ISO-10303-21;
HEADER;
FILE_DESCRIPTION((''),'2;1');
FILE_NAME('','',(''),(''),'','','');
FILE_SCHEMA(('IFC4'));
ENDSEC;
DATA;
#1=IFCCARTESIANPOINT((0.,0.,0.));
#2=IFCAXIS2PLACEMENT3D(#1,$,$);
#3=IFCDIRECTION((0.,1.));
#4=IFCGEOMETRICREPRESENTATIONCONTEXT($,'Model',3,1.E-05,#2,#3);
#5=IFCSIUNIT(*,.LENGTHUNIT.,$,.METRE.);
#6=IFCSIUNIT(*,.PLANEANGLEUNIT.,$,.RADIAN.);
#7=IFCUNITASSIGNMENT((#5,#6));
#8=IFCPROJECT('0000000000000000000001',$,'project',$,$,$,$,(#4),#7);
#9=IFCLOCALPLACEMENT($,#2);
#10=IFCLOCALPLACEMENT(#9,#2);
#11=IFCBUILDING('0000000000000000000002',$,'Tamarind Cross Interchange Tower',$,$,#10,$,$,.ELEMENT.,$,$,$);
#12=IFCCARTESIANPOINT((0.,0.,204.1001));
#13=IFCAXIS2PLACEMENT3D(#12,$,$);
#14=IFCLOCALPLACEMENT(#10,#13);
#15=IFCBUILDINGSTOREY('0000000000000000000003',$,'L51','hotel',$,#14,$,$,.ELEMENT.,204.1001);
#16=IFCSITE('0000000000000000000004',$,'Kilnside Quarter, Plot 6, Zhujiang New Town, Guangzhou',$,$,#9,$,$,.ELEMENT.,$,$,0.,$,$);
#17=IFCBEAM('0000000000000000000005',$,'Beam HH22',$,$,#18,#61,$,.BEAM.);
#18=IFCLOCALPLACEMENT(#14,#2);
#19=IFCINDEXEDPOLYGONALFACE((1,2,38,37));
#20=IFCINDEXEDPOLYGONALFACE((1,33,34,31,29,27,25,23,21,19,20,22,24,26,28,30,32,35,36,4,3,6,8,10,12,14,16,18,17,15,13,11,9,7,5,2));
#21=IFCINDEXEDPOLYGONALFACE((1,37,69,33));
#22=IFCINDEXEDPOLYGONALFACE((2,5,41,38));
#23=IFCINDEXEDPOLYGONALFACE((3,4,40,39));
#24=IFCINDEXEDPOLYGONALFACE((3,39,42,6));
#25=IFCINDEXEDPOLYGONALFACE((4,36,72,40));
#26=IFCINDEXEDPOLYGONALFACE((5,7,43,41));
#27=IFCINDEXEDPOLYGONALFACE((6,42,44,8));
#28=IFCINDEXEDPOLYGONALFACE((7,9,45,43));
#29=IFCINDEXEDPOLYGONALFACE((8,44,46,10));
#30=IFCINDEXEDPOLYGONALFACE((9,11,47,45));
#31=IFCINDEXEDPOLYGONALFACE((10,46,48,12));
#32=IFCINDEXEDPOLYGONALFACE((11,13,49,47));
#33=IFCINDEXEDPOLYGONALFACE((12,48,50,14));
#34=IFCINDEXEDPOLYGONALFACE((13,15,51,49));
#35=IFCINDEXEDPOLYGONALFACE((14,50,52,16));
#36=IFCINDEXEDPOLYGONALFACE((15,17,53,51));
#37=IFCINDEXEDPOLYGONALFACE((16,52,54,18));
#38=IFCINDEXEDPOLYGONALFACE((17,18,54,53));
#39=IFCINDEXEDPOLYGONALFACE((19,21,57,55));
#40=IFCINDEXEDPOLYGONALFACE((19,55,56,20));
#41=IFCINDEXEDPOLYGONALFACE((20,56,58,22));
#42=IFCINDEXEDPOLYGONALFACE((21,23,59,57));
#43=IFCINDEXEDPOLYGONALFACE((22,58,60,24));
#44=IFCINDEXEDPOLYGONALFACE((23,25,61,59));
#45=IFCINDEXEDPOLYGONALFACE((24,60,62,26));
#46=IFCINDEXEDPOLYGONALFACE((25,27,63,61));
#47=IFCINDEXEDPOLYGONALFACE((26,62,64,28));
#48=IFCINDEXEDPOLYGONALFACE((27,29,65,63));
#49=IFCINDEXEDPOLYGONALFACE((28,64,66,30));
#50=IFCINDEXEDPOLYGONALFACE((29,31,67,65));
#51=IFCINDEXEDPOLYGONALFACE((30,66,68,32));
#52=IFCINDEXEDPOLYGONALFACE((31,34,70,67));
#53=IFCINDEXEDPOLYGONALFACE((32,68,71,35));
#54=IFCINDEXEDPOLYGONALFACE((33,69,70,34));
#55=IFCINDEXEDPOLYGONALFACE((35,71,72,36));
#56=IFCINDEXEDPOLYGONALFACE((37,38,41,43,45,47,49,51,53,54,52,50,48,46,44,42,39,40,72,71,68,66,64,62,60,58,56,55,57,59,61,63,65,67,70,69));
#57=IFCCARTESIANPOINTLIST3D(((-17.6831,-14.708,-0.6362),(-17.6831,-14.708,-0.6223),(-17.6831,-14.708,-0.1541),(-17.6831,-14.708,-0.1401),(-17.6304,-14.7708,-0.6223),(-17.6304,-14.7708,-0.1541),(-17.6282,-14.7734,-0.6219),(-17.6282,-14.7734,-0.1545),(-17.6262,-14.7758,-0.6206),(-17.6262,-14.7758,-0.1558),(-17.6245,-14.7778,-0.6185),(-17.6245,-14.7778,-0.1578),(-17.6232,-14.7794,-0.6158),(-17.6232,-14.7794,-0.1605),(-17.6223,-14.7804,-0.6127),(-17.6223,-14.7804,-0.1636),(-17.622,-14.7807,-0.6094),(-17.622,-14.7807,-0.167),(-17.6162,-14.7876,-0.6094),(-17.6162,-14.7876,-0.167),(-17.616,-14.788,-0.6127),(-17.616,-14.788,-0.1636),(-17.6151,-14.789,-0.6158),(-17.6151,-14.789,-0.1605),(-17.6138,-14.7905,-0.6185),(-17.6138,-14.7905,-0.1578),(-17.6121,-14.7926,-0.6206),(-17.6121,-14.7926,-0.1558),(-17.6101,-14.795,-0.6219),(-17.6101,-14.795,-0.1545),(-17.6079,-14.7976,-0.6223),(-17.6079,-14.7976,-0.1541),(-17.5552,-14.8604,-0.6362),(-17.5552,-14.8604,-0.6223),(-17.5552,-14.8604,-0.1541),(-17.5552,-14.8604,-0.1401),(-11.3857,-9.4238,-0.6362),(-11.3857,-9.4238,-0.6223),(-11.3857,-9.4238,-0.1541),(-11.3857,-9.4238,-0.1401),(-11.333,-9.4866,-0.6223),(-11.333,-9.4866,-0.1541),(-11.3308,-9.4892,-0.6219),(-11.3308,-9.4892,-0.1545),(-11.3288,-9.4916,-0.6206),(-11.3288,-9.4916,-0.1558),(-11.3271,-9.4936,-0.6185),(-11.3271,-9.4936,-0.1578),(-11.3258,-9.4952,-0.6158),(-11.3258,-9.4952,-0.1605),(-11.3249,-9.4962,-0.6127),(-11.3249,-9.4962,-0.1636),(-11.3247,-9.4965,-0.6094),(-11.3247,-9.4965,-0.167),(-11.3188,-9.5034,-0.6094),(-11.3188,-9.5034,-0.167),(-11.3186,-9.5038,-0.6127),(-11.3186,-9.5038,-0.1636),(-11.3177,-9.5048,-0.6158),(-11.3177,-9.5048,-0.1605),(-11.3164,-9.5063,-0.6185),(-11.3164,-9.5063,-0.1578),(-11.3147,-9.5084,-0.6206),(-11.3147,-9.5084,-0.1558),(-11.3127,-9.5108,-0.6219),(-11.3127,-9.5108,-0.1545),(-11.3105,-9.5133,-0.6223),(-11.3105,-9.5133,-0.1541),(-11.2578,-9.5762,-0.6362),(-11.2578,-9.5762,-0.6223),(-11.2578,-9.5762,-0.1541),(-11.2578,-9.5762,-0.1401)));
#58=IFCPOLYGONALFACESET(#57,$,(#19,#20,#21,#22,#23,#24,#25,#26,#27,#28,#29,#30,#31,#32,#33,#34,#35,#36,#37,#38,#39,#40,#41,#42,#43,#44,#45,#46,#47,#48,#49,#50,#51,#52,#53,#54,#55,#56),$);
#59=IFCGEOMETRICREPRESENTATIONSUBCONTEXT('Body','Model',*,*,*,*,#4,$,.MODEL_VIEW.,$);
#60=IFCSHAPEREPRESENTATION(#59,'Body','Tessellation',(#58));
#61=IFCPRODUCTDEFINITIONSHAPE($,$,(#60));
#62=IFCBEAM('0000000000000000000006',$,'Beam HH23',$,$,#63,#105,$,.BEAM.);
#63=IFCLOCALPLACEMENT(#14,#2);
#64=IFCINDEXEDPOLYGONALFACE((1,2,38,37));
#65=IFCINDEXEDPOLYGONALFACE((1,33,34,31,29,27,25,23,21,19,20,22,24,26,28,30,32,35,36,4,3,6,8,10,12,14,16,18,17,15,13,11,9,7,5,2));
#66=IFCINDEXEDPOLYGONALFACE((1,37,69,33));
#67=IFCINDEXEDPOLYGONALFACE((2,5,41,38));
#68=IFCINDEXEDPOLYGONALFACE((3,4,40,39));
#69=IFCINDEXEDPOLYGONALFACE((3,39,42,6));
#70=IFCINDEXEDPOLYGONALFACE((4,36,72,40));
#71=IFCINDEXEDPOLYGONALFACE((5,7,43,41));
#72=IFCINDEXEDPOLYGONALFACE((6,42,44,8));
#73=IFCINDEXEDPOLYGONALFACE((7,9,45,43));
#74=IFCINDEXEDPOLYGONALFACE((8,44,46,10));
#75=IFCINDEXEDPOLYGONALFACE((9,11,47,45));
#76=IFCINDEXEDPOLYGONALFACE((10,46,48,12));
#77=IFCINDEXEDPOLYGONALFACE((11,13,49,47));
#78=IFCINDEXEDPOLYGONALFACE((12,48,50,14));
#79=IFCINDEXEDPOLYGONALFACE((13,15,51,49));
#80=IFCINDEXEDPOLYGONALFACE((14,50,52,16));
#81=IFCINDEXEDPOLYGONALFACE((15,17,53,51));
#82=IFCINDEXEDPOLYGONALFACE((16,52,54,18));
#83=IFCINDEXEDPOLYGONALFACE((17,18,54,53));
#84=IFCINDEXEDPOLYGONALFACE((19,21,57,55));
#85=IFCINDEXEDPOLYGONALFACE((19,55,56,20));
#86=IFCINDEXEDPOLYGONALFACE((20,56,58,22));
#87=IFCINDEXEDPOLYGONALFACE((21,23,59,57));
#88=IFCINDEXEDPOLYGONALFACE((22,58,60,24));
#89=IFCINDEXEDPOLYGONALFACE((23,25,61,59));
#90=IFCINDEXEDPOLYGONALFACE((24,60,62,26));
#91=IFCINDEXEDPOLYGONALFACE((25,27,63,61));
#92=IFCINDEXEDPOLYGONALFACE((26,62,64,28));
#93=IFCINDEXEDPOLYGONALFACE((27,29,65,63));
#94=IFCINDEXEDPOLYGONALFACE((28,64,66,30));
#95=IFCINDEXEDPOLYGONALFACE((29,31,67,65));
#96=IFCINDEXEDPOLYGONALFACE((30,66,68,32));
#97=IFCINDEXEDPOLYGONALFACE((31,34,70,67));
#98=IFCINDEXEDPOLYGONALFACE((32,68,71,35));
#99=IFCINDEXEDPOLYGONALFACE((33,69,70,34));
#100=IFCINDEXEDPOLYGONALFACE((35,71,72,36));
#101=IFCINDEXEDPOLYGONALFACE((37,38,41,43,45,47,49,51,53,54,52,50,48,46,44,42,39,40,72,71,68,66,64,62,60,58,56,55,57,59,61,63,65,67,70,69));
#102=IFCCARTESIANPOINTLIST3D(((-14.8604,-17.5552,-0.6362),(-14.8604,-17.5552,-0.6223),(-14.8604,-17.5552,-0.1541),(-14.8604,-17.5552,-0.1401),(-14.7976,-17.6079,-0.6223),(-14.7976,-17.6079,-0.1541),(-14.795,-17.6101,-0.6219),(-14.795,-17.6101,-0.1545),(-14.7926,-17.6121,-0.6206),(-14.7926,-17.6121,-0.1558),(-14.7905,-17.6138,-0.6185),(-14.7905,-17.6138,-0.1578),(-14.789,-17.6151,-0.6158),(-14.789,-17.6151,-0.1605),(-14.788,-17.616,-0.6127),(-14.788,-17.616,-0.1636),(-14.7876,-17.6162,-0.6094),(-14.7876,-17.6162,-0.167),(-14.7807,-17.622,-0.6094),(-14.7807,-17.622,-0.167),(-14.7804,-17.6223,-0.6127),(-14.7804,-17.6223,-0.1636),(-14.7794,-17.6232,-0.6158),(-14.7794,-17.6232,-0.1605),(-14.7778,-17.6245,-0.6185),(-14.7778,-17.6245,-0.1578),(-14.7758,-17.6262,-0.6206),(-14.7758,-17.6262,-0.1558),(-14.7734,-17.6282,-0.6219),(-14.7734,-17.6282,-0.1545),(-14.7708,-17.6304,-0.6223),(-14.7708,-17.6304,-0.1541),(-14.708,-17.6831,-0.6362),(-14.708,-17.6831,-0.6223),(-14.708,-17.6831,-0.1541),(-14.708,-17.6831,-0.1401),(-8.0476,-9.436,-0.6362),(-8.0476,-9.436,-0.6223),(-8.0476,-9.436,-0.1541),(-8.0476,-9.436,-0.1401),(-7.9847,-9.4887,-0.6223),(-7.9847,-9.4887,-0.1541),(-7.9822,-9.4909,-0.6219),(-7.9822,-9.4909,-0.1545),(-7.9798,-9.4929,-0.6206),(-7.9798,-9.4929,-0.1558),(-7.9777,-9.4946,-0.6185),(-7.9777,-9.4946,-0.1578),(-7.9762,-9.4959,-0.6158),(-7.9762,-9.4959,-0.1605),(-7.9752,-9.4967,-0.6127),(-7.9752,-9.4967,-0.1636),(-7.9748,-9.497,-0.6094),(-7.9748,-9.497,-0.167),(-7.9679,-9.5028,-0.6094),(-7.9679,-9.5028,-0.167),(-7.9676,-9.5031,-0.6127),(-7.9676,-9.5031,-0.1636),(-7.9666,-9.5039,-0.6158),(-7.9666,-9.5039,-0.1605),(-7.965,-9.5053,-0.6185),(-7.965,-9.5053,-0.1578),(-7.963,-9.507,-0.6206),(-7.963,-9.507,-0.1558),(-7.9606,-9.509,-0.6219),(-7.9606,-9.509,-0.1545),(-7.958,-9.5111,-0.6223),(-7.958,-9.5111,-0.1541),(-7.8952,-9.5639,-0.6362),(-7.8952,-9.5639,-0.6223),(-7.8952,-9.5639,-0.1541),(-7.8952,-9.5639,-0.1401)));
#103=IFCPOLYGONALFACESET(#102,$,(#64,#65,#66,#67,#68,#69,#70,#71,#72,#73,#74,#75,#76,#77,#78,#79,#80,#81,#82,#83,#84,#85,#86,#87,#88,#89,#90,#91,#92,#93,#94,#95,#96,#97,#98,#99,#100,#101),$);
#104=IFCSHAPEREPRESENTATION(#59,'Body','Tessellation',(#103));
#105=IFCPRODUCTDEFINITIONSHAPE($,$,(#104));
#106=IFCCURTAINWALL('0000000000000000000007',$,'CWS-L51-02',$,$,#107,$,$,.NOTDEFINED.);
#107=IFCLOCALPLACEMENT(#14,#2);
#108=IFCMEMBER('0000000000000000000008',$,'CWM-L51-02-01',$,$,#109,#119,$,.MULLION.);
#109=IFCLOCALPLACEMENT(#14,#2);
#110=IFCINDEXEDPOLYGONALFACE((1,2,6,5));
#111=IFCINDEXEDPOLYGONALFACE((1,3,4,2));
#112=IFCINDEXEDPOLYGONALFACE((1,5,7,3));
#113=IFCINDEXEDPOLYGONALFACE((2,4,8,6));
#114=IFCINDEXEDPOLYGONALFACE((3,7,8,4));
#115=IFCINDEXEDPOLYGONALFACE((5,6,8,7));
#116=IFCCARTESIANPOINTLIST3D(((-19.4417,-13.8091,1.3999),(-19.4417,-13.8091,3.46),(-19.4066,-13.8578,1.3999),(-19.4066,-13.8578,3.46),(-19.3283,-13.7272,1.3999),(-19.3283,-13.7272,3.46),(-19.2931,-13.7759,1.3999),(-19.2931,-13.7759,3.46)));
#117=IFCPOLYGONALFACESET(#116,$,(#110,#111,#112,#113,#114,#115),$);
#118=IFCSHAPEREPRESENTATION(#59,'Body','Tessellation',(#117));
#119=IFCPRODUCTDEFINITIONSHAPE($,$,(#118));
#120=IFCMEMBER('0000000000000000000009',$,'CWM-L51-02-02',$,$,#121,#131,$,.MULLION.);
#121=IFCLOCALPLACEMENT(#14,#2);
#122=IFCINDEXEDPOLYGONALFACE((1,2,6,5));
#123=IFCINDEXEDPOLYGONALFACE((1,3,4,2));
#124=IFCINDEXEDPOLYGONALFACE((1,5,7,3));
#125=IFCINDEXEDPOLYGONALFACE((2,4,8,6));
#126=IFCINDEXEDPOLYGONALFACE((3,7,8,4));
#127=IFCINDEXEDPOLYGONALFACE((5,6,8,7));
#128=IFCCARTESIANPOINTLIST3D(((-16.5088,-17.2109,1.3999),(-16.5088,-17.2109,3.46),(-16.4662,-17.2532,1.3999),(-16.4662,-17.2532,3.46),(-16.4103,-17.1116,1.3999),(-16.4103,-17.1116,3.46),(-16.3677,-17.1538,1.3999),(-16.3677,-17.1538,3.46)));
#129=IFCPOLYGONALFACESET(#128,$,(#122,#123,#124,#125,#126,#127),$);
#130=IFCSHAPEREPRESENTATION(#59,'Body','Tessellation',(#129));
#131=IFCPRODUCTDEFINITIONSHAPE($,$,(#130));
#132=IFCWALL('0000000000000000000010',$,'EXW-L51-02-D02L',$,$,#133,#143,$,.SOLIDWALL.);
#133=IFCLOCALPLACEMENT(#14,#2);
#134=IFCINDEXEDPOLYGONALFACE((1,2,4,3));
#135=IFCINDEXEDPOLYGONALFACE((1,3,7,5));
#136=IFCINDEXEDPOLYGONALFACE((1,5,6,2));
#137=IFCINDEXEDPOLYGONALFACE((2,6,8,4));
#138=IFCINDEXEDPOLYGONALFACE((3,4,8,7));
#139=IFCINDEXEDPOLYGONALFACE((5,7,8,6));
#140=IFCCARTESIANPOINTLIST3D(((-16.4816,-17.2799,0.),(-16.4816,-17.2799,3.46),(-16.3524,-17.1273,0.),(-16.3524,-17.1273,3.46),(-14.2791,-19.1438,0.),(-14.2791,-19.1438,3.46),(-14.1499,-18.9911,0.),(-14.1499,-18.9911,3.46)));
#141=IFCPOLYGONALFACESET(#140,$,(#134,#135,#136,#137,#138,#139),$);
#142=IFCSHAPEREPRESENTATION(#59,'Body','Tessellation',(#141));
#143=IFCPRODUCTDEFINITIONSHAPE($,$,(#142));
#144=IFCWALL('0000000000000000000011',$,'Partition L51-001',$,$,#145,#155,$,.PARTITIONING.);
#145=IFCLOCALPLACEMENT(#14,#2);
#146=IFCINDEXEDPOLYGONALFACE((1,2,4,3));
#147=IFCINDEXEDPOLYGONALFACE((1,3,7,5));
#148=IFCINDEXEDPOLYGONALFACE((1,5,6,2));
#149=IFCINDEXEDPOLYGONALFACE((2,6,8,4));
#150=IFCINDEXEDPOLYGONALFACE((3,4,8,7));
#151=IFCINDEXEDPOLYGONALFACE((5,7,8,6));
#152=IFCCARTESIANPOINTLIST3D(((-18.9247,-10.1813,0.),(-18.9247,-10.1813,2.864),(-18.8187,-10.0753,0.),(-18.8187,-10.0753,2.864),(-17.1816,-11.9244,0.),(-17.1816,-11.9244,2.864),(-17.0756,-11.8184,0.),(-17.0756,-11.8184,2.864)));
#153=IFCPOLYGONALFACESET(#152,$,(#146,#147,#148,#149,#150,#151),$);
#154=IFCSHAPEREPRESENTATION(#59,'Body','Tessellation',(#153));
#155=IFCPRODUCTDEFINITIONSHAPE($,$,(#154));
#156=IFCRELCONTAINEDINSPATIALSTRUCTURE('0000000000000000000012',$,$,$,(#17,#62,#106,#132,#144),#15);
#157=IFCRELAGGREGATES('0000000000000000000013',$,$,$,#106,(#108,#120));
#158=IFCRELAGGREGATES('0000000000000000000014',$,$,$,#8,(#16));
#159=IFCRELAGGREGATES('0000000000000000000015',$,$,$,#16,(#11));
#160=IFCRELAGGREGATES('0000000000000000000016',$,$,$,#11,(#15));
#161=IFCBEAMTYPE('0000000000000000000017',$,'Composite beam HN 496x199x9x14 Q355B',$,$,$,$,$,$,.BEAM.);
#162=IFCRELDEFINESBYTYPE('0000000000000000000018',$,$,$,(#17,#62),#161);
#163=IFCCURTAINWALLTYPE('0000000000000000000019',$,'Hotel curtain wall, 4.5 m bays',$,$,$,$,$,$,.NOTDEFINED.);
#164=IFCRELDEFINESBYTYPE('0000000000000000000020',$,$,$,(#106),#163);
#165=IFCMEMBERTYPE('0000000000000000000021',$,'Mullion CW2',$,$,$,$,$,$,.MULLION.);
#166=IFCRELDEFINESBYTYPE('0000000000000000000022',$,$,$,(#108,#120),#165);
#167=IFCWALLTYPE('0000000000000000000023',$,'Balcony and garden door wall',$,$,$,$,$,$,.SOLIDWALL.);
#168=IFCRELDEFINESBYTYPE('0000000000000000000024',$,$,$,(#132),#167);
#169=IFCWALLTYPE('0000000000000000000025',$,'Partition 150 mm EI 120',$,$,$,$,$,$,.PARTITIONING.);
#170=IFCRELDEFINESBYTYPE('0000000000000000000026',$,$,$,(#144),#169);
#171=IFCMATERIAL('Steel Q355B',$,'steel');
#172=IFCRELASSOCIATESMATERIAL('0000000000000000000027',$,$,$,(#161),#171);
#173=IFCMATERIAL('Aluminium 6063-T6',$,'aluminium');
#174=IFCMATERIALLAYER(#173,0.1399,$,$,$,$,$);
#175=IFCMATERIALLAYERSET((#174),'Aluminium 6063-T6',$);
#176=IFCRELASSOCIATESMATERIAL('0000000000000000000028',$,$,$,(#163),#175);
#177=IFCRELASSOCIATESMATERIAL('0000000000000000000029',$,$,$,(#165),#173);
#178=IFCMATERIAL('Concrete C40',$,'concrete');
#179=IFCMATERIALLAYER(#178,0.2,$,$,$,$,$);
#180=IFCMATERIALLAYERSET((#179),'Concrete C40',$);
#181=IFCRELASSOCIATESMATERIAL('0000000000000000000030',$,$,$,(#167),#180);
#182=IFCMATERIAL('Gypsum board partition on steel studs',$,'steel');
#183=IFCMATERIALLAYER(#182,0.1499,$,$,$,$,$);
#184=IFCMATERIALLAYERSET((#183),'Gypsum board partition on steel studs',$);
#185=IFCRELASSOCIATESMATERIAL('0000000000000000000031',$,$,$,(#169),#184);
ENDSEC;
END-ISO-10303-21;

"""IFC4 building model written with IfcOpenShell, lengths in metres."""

from ifc_helpers import new_model, si_unit, direction, frame, frame_2d, origin, origin_2d, place, context, subcontext, project, spatial, rectangle, i_section, extrude, material, layer, layer_set, material_profile, profile_set, type_object, element, aggregate, save


model = new_model("IFC4")

# Units and contexts
model_context = context("Model", 3, precision=1e-05, world=origin(), true_north=direction((0.0, 1.0)))
body_context = subcontext(model_context, "Body", "Model", "MODEL_VIEW")
ifc_project = project(units=[si_unit("LENGTHUNIT", "METRE"), si_unit("PLANEANGLEUNIT", "RADIAN")], contexts=[model_context])

# Site, building, storey
site_placement = place(None, origin())
site = spatial("IfcSite", under=ifc_project, at=site_placement, Name="Kilnside Quarter, Plot 6, Zhujiang New Town, Guangzhou", CompositionType="ELEMENT", RefElevation=0.0)
building_placement = place(site_placement, origin())
building = spatial("IfcBuilding", under=site, at=building_placement, Name="Tamarind Cross Interchange Tower", CompositionType="ELEMENT")
storey_placement = place(building_placement, frame((0.0, 0.0, 204.1001)))
storey = spatial("IfcBuildingStorey", under=building, at=storey_placement, Name="L51", Description="hotel", CompositionType="ELEMENT", Elevation=204.1001)

# Beams
ifc_material_1 = material(Name="Steel Q355B", Category="steel")
ifc_material_profile_1 = material_profile(ifc_material_1, i_section(OverallWidth=0.199, OverallDepth=0.4961, WebThickness=0.009, FlangeThickness=0.0139, FilletRadius=0.0129, at=origin_2d()), Name="HN 496x199x9x14")
ifc_profile_set_1 = profile_set([ifc_material_profile_1], Name="Steel Q355B")
beam_type = type_object("IfcBeamType", Name="Composite beam HN 496x199x9x14 Q355B", PredefinedType="BEAM", material=ifc_profile_set_1)
beam_1_placement = place(storey_placement, frame((-17.6191, -14.7842, -0.3882), z_axis=(0.766041, 0.642792, 0.0), x_axis=(-0.642792, 0.766041, 0.0)))
element("IfcBeam", 1, at=beam_1_placement, inside=storey, type_object=beam_type, Name="Beam HH22", PredefinedType="BEAM", context=body_context, shape_type="SweptSolid", body=[
    extrude(i_section(OverallWidth=0.199, OverallDepth=0.4961, WebThickness=0.009, FlangeThickness=0.0139, FilletRadius=0.0129, at=origin_2d()), origin(), (0.0, 0.0, 1.0), 8.2207),
])
beam_2_placement = place(storey_placement, frame((-14.7842, -17.6191, -0.3882), z_axis=(0.642786, 0.766046, 0.0), x_axis=(-0.766046, 0.642786, 0.0)))
element("IfcBeam", 2, at=beam_2_placement, inside=storey, type_object=beam_type, Name="Beam HH23", PredefinedType="BEAM", context=body_context, shape_type="SweptSolid", body=[
    extrude(i_section(OverallWidth=0.199, OverallDepth=0.4961, WebThickness=0.009, FlangeThickness=0.0139, FilletRadius=0.0129, at=origin_2d()), origin(), (0.0, 0.0, 1.0), 10.5989),
])

# Curtain wall, members
ifc_material_2 = material(Name="Aluminium 6063-T6", Category="aluminium")
ifc_layer_1 = layer(ifc_material_2, 0.1399)
ifc_layer_set_1 = layer_set([ifc_layer_1], Name="Aluminium 6063-T6")
curtain_wall_type = type_object("IfcCurtainWallType", Name="Hotel curtain wall, 4.5 m bays", PredefinedType="NOTDEFINED", material=ifc_layer_set_1)
curtain_wall_placement = place(storey_placement, origin())
curtain_wall = element("IfcCurtainWall", 3, at=curtain_wall_placement, inside=storey, type_object=curtain_wall_type, Name="CWS-L51-02", PredefinedType="NOTDEFINED")
ifc_material_profile_2 = material_profile(ifc_material_2, rectangle(XDim=0.0601, YDim=0.1399, at=origin_2d()), Name="Mullion CW2")
ifc_profile_set_2 = profile_set([ifc_material_profile_2], Name="Aluminium 6063-T6")
member_type = type_object("IfcMemberType", Name="Mullion CW2", PredefinedType="MULLION", material=ifc_profile_set_2)
member_1_placement = place(storey_placement, frame((-19.3674, -13.7925, 1.3999), z_axis=(0.0, 0.0, 1.0), x_axis=(0.5852, -0.810889, 0.0)))
member_1 = element("IfcMember", 4, at=member_1_placement, type_object=member_type, Name="CWM-L51-02-01", PredefinedType="MULLION", context=body_context, shape_type="SweptSolid", body=[
    extrude(rectangle(XDim=0.0601, YDim=0.1399, at=origin_2d()), origin(), (0.0, 0.0, 1.0), 2.0601),
])
member_2_placement = place(storey_placement, frame((-16.4382, -17.1824, 1.3999), z_axis=(0.0, 0.0, 1.0), x_axis=(0.710143, -0.704057, 0.0)))
member_2 = element("IfcMember", 5, at=member_2_placement, type_object=member_type, Name="CWM-L51-02-02", PredefinedType="MULLION", context=body_context, shape_type="SweptSolid", body=[
    extrude(rectangle(XDim=0.0601, YDim=0.1399, at=origin_2d()), origin(), (0.0, 0.0, 1.0), 2.0601),
])
aggregate(curtain_wall, [member_1, member_2])

# Wall
ifc_material_3 = material(Name="Concrete C40", Category="concrete")
ifc_layer_2 = layer(ifc_material_3, 0.2)
ifc_layer_set_2 = layer_set([ifc_layer_2], Name="Concrete C40")
wall_type_1 = type_object("IfcWallType", Name="Balcony and garden door wall", PredefinedType="SOLIDWALL", material=ifc_layer_set_2)
wall_1_placement = place(storey_placement, frame((-16.417, -17.2036, 0.0), z_axis=(0.0, 0.0, 1.0), x_axis=(0.763351, -0.645984, 0.0)))
element("IfcWall", 6, at=wall_1_placement, inside=storey, type_object=wall_type_1, Name="EXW-L51-02-D02L", PredefinedType="SOLIDWALL", context=body_context, shape_type="SweptSolid", body=[
    extrude(rectangle(XDim=2.8853, YDim=0.2, at=frame_2d((1.4426, 0.0))), origin(), (0.0, 0.0, 1.0), 3.46),
])

# Wall
ifc_material_4 = material(Name="Gypsum board partition on steel studs", Category="steel")
ifc_layer_3 = layer(ifc_material_4, 0.1499)
ifc_layer_set_3 = layer_set([ifc_layer_3], Name="Gypsum board partition on steel studs")
wall_type_2 = type_object("IfcWallType", Name="Partition 150 mm EI 120", PredefinedType="PARTITIONING", material=ifc_layer_set_3)
wall_2_placement = place(storey_placement, frame((-18.8716, -10.1284, 0.0), z_axis=(0.0, 0.0, 1.0), x_axis=(0.707107, -0.707107, 0.0)))
element("IfcWall", 7, at=wall_2_placement, inside=storey, type_object=wall_type_2, Name="Partition L51-001", PredefinedType="PARTITIONING", context=body_context, shape_type="SweptSolid", body=[
    extrude(rectangle(XDim=2.4651, YDim=0.1499, at=frame_2d((1.2324, 0.0))), origin(), (0.0, 0.0, 1.0), 2.864),
])

save(model, "model.ifc")
